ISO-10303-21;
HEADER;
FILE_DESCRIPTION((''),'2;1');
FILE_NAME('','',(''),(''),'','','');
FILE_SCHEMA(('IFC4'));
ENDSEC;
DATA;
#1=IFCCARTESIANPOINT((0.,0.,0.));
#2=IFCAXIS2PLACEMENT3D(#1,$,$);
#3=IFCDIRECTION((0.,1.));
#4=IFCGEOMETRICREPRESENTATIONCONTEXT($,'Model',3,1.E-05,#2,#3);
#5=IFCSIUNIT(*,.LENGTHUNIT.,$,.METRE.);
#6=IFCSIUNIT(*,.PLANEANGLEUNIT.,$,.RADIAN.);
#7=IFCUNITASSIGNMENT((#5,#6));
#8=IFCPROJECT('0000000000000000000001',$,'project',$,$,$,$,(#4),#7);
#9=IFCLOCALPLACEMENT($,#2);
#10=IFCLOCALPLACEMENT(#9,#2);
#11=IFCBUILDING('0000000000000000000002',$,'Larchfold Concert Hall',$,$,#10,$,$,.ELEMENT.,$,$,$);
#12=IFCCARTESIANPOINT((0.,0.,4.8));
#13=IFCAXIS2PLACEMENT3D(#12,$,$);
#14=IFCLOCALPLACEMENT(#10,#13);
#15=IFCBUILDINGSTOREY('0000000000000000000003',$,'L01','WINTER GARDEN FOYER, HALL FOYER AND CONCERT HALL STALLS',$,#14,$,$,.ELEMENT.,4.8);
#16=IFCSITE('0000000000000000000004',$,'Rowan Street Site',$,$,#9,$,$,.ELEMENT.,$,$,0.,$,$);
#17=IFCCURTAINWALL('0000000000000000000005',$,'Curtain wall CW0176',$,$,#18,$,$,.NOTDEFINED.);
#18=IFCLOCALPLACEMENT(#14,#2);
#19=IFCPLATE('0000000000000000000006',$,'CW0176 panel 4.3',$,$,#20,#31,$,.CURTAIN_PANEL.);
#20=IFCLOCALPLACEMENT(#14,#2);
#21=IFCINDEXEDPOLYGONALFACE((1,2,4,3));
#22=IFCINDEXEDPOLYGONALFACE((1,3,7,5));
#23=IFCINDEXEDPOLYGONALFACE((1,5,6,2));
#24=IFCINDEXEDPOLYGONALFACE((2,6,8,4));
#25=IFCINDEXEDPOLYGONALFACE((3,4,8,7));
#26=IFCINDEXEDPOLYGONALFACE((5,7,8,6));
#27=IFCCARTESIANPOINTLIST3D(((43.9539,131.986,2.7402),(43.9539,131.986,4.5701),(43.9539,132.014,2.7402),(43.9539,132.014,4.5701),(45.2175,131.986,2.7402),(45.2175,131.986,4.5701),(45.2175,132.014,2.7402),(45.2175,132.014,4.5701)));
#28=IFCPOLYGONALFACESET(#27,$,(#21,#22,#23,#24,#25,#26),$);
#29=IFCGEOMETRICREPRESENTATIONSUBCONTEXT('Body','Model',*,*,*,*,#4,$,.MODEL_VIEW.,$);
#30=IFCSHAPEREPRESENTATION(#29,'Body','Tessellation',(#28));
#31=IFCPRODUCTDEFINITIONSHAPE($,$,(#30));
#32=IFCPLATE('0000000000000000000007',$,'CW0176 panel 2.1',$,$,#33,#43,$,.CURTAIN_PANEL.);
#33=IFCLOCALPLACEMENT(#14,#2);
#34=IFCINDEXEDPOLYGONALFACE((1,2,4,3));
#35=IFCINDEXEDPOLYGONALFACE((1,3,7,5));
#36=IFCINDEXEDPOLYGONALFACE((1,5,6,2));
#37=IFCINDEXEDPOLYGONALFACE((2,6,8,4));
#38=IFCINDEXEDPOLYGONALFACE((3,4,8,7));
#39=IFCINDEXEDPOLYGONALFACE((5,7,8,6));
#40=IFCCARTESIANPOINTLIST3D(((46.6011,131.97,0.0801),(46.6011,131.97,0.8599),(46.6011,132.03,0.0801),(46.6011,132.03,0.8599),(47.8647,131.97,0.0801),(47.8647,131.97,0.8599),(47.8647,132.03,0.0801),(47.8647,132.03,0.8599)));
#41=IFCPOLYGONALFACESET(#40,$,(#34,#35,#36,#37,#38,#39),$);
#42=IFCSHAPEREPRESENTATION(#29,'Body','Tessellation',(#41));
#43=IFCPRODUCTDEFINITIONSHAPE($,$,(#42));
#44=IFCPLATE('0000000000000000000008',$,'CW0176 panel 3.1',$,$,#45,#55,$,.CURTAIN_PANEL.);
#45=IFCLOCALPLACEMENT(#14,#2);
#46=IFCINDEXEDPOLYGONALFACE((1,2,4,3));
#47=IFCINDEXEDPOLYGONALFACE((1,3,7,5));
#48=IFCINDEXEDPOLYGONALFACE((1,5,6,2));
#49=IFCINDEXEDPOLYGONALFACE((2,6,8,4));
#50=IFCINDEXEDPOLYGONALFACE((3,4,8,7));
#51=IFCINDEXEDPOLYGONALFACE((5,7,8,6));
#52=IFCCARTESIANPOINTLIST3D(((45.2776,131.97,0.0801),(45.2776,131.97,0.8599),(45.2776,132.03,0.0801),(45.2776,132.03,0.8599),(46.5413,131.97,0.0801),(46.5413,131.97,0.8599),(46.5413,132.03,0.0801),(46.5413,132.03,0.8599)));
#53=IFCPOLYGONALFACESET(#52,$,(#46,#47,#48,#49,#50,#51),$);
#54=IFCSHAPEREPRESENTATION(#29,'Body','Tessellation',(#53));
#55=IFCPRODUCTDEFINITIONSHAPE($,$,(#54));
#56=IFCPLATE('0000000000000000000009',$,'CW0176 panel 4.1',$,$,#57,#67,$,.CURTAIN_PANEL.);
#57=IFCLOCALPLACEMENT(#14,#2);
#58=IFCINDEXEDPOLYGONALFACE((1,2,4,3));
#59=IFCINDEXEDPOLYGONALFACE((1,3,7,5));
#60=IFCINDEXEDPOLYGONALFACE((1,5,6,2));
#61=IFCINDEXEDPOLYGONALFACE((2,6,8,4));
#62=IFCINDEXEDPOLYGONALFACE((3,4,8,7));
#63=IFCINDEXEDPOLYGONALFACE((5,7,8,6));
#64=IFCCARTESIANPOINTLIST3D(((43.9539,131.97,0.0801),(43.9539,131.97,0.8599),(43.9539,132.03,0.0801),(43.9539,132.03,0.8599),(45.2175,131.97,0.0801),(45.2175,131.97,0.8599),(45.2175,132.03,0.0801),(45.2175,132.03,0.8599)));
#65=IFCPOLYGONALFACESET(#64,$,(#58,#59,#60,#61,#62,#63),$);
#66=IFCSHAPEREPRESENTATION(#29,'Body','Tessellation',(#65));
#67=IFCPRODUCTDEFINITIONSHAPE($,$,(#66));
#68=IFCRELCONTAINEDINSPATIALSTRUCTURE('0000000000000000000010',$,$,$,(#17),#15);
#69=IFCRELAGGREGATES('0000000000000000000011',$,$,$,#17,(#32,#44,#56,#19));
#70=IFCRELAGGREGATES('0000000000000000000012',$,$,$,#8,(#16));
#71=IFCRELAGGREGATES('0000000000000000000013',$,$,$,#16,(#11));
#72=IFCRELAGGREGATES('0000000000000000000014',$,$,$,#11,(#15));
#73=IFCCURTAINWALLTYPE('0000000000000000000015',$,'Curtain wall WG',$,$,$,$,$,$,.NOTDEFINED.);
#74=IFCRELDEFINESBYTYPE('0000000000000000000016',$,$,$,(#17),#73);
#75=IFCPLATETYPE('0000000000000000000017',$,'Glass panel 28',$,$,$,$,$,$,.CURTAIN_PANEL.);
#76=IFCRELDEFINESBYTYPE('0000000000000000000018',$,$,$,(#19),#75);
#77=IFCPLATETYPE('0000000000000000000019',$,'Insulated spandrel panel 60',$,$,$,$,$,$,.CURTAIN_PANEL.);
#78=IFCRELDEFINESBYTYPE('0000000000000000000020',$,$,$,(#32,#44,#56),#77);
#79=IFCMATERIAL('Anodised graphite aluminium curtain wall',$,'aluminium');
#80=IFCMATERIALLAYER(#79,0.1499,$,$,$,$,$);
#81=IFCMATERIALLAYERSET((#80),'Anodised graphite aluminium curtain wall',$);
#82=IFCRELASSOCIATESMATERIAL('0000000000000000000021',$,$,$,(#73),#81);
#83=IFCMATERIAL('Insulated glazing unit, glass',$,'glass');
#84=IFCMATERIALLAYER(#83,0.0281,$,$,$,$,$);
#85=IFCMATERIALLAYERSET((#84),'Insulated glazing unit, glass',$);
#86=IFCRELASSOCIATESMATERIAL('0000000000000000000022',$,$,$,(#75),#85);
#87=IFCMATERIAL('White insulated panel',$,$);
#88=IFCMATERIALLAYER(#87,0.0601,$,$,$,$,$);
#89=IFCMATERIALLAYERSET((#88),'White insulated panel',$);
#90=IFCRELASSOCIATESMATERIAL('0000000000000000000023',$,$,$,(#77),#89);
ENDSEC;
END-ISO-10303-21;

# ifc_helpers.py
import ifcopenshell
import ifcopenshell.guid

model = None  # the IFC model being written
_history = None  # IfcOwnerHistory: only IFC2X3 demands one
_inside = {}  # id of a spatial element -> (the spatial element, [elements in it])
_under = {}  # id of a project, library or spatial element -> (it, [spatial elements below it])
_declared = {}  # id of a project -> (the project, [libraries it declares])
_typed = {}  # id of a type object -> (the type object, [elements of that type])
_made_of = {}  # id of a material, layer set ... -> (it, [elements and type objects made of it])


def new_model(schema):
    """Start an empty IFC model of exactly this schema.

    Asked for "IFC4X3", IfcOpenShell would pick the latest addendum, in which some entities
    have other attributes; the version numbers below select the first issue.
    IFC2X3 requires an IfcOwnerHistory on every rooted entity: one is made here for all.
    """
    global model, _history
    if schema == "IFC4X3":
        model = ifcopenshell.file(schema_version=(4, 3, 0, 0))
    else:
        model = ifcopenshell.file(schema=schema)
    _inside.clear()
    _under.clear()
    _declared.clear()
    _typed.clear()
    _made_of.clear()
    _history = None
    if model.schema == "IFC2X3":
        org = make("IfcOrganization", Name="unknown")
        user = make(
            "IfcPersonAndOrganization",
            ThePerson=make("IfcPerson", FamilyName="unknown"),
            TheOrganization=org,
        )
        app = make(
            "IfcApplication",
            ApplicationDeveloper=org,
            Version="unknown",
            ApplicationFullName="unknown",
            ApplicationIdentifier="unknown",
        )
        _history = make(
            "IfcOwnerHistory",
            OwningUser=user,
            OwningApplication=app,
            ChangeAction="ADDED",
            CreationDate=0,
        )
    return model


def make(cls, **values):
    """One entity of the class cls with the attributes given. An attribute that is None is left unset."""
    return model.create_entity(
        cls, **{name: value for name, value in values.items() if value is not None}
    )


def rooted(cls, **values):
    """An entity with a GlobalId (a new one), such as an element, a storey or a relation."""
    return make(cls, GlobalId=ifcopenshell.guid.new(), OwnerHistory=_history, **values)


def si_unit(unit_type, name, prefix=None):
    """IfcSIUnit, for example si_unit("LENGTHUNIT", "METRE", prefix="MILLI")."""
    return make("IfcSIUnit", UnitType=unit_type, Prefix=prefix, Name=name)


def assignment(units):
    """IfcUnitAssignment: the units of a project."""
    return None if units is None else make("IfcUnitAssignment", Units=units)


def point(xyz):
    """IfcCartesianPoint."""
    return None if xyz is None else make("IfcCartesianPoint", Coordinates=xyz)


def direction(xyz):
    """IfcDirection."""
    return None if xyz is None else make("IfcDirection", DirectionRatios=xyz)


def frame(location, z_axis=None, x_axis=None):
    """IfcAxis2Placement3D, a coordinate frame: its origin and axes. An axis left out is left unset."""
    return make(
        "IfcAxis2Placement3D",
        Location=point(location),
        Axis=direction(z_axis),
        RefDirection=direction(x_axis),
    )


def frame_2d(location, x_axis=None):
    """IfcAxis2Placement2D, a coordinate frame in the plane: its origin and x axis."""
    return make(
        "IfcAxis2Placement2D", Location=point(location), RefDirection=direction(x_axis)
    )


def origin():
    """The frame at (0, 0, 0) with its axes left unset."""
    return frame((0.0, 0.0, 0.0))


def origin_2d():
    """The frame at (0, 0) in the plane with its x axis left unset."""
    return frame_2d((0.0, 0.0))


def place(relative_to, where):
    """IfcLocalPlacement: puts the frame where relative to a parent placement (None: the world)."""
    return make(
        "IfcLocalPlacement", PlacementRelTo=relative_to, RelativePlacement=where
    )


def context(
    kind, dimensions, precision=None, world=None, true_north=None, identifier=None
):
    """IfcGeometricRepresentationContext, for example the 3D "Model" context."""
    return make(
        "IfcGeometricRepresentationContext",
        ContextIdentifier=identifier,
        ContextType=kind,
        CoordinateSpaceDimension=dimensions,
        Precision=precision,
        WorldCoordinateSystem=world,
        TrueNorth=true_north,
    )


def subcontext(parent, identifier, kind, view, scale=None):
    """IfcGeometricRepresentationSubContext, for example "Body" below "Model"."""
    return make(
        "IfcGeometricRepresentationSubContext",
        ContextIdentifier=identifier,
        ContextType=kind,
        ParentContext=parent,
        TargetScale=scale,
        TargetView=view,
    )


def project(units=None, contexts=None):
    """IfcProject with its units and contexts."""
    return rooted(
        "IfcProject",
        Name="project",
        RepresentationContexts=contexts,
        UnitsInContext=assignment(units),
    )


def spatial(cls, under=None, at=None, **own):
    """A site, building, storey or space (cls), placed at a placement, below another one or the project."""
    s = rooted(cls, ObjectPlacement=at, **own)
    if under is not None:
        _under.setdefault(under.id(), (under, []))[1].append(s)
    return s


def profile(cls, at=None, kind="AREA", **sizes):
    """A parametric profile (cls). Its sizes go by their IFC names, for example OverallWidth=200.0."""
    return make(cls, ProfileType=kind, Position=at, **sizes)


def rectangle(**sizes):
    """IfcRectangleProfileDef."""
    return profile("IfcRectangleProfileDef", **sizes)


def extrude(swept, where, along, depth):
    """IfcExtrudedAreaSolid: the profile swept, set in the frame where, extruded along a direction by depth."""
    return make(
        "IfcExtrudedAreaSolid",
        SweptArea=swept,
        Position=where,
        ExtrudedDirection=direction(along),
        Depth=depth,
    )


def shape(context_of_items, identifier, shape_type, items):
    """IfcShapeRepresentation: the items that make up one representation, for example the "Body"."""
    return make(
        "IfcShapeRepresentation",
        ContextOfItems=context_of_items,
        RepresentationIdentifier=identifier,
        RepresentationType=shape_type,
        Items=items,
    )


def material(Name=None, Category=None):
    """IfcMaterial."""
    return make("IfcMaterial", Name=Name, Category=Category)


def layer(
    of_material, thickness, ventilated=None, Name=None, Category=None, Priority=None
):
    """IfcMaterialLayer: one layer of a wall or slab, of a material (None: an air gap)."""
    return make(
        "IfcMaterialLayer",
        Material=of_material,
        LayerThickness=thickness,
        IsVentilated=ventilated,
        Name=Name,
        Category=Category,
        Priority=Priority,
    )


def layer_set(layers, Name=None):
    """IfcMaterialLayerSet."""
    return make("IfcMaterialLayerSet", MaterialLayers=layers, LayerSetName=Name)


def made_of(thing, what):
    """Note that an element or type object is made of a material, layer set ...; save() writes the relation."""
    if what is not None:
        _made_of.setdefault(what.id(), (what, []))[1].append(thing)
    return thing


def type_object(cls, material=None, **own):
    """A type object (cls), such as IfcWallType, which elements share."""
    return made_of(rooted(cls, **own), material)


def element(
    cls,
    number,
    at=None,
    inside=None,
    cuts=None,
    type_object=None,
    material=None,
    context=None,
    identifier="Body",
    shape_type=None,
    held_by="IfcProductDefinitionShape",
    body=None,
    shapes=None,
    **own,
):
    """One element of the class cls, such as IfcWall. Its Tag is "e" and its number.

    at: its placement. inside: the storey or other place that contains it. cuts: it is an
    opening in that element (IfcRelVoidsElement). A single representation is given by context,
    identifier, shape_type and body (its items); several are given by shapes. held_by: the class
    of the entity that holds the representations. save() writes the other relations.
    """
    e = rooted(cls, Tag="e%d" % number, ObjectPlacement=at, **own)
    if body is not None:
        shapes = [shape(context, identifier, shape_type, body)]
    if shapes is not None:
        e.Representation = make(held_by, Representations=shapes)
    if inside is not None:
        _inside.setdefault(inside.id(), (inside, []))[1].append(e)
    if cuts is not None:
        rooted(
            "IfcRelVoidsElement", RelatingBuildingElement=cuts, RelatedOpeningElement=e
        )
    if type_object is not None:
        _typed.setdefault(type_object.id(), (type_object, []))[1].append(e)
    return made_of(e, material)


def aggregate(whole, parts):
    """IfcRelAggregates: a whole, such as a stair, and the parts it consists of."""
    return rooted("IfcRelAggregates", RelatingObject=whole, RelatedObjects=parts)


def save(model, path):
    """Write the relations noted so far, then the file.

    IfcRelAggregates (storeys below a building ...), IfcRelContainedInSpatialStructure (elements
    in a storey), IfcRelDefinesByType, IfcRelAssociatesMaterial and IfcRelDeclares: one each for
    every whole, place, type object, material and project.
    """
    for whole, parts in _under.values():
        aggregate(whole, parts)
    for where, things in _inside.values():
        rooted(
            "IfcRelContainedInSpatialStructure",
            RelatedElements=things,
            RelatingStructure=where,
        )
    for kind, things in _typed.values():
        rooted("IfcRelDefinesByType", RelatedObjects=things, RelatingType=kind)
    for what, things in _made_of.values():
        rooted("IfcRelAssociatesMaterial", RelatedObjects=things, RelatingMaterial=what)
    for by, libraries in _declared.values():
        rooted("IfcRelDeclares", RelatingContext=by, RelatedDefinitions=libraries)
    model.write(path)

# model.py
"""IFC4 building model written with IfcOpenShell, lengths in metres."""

from ifc_helpers import new_model, si_unit, direction, frame, origin, origin_2d, place, context, subcontext, project, spatial, rectangle, extrude, material, layer, layer_set, type_object, element, aggregate, save


model = new_model("IFC4")

# Units and contexts
model_context = context("Model", 3, precision=1e-05, world=origin(), true_north=direction((0.0, 1.0)))
body_context = subcontext(model_context, "Body", "Model", "MODEL_VIEW")
ifc_project = project(units=[si_unit("LENGTHUNIT", "METRE"), si_unit("PLANEANGLEUNIT", "RADIAN")], contexts=[model_context])

# Site, building, storey
site_placement = place(None, origin())
site = spatial("IfcSite", under=ifc_project, at=site_placement, Name="Rowan Street Site", CompositionType="ELEMENT", RefElevation=0.0)
building_placement = place(site_placement, origin())
building = spatial("IfcBuilding", under=site, at=building_placement, Name="Larchfold Concert Hall", CompositionType="ELEMENT")
storey_placement = place(building_placement, frame((0.0, 0.0, 4.8)))
storey = spatial("IfcBuildingStorey", under=building, at=storey_placement, Name="L01", Description="WINTER GARDEN FOYER, HALL FOYER AND CONCERT HALL STALLS", CompositionType="ELEMENT", Elevation=4.8)

# Curtain wall
ifc_material_1 = material(Name="Anodised graphite aluminium curtain wall", Category="aluminium")
ifc_layer_1 = layer(ifc_material_1, 0.1499)
ifc_layer_set_1 = layer_set([ifc_layer_1], Name="Anodised graphite aluminium curtain wall")
curtain_wall_type = type_object("IfcCurtainWallType", Name="Curtain wall WG", PredefinedType="NOTDEFINED", material=ifc_layer_set_1)
curtain_wall_1_placement = place(storey_placement, origin())
curtain_wall_1 = element("IfcCurtainWall", 1, at=curtain_wall_1_placement, inside=storey, type_object=curtain_wall_type, Name="Curtain wall CW0176", PredefinedType="NOTDEFINED")

# Plates
ifc_material_2 = material(Name="Insulated glazing unit, glass", Category="glass")
ifc_layer_2 = layer(ifc_material_2, 0.0281)
ifc_layer_set_2 = layer_set([ifc_layer_2], Name="Insulated glazing unit, glass")
plate_type_1 = type_object("IfcPlateType", Name="Glass panel 28", PredefinedType="CURTAIN_PANEL", material=ifc_layer_set_2)
plate_1_placement = place(storey_placement, frame((44.5857, 132.0, 2.7402), z_axis=(0.0, 0.0, 1.0), x_axis=(-1.0, 0.0, 0.0)))
plate_1 = element("IfcPlate", 2, at=plate_1_placement, type_object=plate_type_1, Name="CW0176 panel 4.3", PredefinedType="CURTAIN_PANEL", context=body_context, shape_type="SweptSolid", body=[
    extrude(rectangle(XDim=1.2637, YDim=0.0281, at=origin_2d()), origin(), (0.0, 0.0, 1.0), 1.8298),
])
ifc_material_3 = material(Name="White insulated panel")
ifc_layer_3 = layer(ifc_material_3, 0.0601)
ifc_layer_set_3 = layer_set([ifc_layer_3], Name="White insulated panel")
plate_type_2 = type_object("IfcPlateType", Name="Insulated spandrel panel 60", PredefinedType="CURTAIN_PANEL", material=ifc_layer_set_3)
plate_2_placement = place(storey_placement, frame((47.2329, 132.0, 0.0801), z_axis=(0.0, 0.0, 1.0), x_axis=(-1.0, 0.0, 0.0)))
plate_2 = element("IfcPlate", 3, at=plate_2_placement, type_object=plate_type_2, Name="CW0176 panel 2.1", PredefinedType="CURTAIN_PANEL", context=body_context, shape_type="SweptSolid", body=[
    extrude(rectangle(XDim=1.2637, YDim=0.0601, at=origin_2d()), origin(), (0.0, 0.0, 1.0), 0.7798),
])
plate_3_placement = place(storey_placement, frame((45.9094, 132.0, 0.0801), z_axis=(0.0, 0.0, 1.0), x_axis=(-1.0, 0.0, 0.0)))
plate_3 = element("IfcPlate", 4, at=plate_3_placement, type_object=plate_type_2, Name="CW0176 panel 3.1", PredefinedType="CURTAIN_PANEL", context=body_context, shape_type="SweptSolid", body=[
    extrude(rectangle(XDim=1.2637, YDim=0.0601, at=origin_2d()), origin(), (0.0, 0.0, 1.0), 0.7798),
])
plate_4_placement = place(storey_placement, frame((44.5857, 132.0, 0.0801), z_axis=(0.0, 0.0, 1.0), x_axis=(-1.0, 0.0, 0.0)))
plate_4 = element("IfcPlate", 5, at=plate_4_placement, type_object=plate_type_2, Name="CW0176 panel 4.1", PredefinedType="CURTAIN_PANEL", context=body_context, shape_type="SweptSolid", body=[
    extrude(rectangle(XDim=1.2637, YDim=0.0601, at=origin_2d()), origin(), (0.0, 0.0, 1.0), 0.7798),
])
aggregate(curtain_wall_1, [plate_2, plate_3, plate_4, plate_1])

save(model, "model.ifc")
